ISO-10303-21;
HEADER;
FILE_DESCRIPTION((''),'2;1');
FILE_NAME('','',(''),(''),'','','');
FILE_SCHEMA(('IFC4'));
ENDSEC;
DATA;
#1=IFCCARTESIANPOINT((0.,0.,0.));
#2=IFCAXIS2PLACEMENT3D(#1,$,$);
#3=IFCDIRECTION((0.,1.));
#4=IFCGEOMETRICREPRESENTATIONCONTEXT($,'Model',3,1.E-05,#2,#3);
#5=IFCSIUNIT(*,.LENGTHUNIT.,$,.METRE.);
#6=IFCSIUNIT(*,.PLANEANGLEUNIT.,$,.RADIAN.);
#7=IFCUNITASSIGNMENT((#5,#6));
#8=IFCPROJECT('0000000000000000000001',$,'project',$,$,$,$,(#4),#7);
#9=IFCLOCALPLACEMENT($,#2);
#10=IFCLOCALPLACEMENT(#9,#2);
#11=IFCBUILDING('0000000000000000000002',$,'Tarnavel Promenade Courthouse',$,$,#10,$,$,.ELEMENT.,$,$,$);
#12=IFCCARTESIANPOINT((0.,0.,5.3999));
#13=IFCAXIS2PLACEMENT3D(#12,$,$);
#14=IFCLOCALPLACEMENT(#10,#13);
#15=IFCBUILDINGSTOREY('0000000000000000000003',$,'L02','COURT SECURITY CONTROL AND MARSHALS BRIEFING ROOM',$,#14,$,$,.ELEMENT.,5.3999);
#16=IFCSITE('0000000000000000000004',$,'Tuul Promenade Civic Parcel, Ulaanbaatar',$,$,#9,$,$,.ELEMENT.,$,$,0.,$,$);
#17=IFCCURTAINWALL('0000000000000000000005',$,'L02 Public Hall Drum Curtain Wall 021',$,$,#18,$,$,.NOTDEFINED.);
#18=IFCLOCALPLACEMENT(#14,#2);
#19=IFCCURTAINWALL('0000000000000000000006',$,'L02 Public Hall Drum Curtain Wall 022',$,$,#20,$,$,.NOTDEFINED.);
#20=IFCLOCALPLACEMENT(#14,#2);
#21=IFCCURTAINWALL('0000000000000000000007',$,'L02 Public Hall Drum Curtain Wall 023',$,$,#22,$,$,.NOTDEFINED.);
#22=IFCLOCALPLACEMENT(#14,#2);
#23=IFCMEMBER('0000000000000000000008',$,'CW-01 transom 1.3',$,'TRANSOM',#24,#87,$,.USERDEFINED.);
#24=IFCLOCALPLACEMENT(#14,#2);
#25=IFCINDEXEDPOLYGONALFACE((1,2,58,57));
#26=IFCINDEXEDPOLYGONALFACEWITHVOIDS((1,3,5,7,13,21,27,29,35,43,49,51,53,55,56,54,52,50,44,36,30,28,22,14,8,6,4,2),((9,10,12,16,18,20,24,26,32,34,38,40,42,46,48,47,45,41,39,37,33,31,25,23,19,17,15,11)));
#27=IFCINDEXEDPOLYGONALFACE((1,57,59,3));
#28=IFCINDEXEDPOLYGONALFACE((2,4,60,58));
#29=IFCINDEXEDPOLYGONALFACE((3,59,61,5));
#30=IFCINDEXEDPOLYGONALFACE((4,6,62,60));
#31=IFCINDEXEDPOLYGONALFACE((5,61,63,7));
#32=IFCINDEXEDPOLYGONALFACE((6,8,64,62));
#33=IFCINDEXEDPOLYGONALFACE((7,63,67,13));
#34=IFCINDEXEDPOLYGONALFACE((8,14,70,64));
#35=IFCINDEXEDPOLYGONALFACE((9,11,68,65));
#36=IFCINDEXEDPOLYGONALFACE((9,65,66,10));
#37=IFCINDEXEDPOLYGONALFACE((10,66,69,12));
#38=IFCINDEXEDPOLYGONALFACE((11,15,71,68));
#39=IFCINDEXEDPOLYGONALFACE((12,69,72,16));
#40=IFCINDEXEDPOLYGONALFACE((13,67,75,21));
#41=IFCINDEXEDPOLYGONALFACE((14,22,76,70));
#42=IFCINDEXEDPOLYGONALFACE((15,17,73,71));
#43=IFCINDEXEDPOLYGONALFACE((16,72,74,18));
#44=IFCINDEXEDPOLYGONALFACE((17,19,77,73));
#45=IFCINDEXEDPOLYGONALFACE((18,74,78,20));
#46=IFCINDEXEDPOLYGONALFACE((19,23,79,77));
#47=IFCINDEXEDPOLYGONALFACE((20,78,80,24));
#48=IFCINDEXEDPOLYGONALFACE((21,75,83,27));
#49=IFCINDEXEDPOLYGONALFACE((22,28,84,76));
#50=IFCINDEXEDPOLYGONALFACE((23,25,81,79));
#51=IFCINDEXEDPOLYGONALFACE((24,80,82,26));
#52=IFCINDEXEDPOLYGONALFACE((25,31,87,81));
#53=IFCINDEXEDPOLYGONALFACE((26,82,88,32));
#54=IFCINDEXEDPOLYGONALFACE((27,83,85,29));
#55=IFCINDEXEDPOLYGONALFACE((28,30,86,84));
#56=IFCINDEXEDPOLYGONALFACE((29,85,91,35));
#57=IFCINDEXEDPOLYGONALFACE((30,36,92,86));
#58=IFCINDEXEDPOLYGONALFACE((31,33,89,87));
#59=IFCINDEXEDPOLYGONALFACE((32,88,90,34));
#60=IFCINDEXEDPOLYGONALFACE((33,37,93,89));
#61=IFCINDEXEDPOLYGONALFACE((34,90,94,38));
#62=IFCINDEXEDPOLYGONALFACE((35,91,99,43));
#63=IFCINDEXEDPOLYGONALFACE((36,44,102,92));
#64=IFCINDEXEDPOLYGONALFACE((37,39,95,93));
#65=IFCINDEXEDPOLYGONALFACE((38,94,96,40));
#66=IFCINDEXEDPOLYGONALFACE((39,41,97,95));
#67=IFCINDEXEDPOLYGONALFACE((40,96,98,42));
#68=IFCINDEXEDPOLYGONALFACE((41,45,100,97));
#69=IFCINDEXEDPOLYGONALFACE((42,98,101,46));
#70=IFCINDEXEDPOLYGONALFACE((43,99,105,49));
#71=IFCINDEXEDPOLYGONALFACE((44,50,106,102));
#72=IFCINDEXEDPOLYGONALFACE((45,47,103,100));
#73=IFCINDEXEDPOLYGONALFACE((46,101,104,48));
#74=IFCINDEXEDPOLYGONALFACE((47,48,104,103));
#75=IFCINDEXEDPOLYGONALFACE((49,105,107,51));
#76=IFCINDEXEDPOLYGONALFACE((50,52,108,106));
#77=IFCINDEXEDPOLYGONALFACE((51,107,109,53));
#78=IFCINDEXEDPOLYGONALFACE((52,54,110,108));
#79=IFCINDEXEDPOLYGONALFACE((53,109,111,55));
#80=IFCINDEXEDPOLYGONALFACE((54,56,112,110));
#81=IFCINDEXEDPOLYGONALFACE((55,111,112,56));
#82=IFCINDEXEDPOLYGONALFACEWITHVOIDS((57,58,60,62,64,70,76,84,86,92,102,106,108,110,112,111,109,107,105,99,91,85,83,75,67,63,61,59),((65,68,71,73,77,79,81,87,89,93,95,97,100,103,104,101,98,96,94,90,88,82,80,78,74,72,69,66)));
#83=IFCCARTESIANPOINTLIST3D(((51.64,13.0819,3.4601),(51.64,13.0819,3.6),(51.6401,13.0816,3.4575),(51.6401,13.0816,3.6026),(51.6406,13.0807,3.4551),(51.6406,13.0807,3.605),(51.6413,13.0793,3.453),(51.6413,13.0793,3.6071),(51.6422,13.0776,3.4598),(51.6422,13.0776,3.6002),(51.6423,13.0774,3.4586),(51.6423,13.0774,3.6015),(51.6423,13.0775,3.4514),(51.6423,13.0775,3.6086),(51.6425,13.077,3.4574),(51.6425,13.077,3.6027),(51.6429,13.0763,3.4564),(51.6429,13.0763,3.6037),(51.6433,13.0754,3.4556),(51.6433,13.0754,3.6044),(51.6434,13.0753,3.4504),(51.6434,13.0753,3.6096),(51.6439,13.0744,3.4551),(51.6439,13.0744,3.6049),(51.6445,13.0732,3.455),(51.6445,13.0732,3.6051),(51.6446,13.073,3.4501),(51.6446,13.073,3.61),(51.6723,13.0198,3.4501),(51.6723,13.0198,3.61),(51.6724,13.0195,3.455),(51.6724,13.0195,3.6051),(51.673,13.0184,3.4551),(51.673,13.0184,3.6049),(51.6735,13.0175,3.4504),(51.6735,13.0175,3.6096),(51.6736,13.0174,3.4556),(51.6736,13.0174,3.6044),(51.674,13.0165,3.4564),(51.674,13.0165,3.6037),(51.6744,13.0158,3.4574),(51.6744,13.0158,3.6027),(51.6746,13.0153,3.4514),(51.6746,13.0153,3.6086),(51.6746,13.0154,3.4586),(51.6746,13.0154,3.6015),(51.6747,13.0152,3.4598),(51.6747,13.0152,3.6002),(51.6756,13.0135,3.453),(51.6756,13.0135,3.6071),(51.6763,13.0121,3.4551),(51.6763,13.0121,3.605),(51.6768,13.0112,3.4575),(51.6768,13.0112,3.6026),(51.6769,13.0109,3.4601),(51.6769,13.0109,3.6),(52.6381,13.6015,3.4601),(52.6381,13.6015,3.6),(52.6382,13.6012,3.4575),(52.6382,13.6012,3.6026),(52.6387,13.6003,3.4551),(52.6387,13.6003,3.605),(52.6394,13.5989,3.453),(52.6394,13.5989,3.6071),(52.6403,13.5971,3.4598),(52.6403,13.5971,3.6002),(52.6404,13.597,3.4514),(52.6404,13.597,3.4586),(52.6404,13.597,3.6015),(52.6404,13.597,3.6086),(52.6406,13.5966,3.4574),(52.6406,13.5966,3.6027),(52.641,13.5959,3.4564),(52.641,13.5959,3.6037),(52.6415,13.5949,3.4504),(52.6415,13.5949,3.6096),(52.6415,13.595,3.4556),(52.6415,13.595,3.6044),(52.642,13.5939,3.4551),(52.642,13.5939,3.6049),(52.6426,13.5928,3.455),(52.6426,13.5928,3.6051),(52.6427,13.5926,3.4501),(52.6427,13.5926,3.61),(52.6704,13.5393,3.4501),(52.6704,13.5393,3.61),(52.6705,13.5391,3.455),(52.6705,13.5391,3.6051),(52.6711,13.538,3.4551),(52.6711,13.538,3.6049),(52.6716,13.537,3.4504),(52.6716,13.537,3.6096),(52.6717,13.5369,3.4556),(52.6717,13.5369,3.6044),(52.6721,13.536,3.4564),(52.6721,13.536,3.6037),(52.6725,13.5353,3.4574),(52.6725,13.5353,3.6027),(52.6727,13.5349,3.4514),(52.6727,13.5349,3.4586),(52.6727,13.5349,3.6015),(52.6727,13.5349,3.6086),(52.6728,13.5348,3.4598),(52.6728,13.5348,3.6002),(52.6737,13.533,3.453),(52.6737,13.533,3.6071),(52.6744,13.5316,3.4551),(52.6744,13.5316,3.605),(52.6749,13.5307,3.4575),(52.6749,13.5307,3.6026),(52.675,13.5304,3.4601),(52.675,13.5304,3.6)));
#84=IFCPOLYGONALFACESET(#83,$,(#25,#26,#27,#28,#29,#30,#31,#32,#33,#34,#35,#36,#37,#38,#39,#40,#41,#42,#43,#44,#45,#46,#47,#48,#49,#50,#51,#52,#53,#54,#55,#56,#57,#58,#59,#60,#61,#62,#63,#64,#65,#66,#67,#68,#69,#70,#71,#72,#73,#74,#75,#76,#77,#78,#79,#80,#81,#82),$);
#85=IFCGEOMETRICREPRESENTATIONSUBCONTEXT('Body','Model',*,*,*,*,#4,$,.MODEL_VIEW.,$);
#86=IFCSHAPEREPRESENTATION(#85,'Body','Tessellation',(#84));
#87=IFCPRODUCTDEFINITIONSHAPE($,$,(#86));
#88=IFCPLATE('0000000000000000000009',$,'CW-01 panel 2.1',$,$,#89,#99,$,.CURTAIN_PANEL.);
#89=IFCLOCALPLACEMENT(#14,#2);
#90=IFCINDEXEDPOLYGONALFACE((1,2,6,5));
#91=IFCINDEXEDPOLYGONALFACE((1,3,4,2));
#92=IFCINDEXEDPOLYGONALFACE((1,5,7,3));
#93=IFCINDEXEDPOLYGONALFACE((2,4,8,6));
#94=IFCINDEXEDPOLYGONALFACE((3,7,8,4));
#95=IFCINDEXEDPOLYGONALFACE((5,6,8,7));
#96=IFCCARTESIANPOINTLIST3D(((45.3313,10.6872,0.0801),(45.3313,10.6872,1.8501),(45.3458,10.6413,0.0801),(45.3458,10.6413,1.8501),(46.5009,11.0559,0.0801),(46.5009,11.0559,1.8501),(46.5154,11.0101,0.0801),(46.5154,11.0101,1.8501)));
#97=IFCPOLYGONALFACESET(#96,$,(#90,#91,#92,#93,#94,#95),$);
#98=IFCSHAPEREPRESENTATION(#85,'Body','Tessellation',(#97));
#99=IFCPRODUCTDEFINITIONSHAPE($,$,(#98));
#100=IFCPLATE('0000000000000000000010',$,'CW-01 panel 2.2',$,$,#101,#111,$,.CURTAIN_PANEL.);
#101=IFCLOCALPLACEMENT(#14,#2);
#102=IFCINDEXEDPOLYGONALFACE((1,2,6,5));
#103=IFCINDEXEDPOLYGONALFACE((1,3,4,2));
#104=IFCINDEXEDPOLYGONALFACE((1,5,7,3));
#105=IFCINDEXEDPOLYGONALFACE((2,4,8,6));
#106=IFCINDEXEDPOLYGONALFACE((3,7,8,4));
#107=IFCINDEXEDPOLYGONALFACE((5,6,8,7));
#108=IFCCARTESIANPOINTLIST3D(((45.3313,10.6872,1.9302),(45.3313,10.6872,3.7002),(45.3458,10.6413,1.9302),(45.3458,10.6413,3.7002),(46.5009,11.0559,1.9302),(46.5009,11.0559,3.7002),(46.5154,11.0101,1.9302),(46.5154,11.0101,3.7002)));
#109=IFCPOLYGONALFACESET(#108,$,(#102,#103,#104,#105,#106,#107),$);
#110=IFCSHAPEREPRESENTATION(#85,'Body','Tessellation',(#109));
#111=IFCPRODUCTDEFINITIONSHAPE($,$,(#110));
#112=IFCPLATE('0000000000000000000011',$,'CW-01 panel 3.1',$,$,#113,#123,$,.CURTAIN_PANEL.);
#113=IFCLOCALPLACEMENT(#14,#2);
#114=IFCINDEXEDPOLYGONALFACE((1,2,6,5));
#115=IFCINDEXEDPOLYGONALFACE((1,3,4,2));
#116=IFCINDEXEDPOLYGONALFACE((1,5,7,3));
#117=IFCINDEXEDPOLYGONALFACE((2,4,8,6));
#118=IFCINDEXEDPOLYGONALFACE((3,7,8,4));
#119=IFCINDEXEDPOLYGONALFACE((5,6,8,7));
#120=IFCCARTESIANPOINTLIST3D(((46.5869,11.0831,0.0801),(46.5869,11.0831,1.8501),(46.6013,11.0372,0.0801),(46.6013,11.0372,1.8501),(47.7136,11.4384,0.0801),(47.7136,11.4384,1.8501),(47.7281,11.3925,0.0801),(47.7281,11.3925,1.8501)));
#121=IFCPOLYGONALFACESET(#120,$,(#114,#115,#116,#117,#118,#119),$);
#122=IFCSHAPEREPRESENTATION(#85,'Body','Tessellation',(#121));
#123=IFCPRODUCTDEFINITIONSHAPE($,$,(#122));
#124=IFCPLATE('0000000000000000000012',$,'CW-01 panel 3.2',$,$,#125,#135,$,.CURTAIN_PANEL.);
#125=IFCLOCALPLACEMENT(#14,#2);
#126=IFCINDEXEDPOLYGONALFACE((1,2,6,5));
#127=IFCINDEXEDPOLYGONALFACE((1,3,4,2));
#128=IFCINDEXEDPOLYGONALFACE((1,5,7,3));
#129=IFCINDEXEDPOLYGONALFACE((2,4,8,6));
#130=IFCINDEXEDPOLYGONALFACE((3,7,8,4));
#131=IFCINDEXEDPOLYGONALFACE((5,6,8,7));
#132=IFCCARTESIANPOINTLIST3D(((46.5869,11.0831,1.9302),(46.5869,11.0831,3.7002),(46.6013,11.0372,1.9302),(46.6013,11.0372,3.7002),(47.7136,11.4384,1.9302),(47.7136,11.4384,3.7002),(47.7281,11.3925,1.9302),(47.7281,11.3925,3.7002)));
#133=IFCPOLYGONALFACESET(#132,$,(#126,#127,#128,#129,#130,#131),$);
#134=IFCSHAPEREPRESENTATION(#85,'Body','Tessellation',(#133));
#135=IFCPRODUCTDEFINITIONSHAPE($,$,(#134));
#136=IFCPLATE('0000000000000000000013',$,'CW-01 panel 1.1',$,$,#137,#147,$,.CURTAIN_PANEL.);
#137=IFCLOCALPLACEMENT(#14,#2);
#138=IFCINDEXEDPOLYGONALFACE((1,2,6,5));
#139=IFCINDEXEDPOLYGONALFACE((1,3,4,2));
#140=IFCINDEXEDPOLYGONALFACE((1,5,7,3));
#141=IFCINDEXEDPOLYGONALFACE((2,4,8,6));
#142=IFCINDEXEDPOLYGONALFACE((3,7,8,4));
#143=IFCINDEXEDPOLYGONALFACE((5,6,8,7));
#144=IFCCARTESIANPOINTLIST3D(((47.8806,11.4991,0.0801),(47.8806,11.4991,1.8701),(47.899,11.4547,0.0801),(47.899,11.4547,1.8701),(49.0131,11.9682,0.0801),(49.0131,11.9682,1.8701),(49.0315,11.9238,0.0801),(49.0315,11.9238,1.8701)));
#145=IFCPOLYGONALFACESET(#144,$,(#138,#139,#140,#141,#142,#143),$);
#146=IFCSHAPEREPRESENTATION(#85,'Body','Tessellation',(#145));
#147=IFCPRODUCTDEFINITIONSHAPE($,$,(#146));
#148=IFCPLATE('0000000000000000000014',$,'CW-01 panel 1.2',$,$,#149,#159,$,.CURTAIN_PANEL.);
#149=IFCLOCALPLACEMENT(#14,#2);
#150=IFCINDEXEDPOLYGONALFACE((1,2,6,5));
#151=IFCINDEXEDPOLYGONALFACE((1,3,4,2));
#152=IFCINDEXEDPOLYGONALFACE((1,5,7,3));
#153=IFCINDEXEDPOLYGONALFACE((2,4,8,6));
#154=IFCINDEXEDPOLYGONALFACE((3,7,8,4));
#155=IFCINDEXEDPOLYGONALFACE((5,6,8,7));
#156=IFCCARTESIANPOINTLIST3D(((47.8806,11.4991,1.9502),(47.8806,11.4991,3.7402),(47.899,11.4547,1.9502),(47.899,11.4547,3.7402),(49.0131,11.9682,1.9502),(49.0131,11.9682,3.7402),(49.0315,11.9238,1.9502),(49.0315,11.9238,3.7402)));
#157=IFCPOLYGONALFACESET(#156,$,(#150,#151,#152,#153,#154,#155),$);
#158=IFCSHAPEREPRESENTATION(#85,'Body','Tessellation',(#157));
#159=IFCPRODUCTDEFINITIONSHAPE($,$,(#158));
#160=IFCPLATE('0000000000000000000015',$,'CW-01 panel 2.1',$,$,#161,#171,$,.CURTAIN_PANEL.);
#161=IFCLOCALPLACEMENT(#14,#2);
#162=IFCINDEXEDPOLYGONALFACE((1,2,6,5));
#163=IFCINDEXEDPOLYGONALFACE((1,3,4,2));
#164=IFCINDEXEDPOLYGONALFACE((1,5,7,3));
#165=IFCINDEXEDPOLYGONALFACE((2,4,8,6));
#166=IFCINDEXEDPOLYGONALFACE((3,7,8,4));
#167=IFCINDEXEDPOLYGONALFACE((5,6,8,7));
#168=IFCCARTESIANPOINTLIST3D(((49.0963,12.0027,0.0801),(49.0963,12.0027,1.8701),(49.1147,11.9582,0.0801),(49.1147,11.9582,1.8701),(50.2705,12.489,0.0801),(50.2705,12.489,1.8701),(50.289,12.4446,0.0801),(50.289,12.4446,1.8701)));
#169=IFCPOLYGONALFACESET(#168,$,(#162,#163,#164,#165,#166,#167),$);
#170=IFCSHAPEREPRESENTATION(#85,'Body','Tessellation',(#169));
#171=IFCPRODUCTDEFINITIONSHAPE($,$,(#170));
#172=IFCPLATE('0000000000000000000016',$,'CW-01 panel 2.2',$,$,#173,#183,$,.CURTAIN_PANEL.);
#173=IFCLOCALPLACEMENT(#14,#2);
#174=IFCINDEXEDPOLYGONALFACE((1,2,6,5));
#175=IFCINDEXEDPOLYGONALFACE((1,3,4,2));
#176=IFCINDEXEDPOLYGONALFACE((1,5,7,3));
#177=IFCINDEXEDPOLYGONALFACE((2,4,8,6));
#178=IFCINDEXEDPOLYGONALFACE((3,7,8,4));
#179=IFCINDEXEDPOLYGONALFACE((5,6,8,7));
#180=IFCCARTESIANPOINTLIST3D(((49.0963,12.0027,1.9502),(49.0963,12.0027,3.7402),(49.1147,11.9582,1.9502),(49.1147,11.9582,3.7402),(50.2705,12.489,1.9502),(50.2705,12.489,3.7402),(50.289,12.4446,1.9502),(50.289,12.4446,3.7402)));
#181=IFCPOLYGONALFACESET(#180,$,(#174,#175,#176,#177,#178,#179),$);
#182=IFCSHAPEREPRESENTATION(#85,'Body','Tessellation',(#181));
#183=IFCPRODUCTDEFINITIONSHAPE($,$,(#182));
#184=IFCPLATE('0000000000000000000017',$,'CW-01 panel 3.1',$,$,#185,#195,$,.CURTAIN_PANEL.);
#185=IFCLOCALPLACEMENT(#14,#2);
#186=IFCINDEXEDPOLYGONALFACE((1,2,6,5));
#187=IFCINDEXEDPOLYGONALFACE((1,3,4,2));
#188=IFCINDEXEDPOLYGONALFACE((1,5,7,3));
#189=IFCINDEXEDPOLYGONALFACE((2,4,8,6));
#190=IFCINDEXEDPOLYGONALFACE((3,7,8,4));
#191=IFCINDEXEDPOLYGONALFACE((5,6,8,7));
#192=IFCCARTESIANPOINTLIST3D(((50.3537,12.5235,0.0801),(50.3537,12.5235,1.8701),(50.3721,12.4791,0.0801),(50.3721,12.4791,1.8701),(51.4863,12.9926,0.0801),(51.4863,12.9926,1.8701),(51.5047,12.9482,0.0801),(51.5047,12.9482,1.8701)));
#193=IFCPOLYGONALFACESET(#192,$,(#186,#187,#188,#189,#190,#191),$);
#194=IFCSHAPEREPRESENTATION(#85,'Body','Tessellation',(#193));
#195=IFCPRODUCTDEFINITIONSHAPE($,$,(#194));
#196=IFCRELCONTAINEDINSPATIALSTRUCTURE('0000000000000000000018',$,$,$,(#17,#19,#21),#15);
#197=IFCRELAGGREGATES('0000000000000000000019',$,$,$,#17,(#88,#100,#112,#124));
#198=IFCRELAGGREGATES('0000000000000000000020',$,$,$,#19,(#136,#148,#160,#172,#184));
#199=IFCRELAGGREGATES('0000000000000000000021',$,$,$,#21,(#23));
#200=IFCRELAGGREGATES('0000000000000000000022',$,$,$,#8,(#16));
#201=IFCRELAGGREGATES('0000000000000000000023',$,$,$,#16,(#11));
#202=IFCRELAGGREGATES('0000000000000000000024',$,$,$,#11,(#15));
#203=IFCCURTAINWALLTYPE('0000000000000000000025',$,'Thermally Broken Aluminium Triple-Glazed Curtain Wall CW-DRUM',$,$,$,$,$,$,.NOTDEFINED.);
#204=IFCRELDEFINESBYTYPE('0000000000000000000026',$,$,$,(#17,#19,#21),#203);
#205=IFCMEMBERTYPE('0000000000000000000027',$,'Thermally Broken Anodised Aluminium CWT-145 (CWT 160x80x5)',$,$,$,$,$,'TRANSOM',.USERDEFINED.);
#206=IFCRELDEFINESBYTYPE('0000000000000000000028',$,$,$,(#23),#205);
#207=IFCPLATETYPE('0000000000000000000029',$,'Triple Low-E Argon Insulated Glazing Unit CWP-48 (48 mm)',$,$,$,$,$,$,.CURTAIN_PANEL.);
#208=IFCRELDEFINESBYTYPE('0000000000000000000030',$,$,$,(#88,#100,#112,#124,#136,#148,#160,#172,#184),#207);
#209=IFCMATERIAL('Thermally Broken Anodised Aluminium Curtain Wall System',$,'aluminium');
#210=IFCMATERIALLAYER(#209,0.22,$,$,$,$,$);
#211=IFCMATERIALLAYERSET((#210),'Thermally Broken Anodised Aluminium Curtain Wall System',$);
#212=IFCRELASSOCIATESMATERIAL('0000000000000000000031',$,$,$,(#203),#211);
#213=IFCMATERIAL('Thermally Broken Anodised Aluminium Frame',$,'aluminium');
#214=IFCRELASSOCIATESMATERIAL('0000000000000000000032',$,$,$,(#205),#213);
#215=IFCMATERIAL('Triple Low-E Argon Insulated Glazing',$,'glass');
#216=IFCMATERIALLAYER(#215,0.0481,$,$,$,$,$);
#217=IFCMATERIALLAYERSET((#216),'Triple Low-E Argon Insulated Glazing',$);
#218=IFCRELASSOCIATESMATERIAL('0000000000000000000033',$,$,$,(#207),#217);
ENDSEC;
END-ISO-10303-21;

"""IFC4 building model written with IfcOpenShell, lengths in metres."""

from ifc_helpers import new_model, si_unit, direction, frame, origin, origin_2d, place, context, subcontext, project, spatial, rectangle, hollow_rectangle, extrude, material, layer, layer_set, material_profile, profile_set, type_object, element, aggregate, save


model = new_model("IFC4")

# Units and contexts
model_context = context("Model", 3, precision=1e-05, world=origin(), true_north=direction((0.0, 1.0)))
body_context = subcontext(model_context, "Body", "Model", "MODEL_VIEW")
ifc_project = project(units=[si_unit("LENGTHUNIT", "METRE"), si_unit("PLANEANGLEUNIT", "RADIAN")], contexts=[model_context])

# Site, building, storey
site_placement = place(None, origin())
site = spatial("IfcSite", under=ifc_project, at=site_placement, Name="Tuul Promenade Civic Parcel, Ulaanbaatar", CompositionType="ELEMENT", RefElevation=0.0)
building_placement = place(site_placement, origin())
building = spatial("IfcBuilding", under=site, at=building_placement, Name="Tarnavel Promenade Courthouse", CompositionType="ELEMENT")
storey_placement = place(building_placement, frame((0.0, 0.0, 5.3999)))
storey = spatial("IfcBuildingStorey", under=building, at=storey_placement, Name="L02", Description="COURT SECURITY CONTROL AND MARSHALS BRIEFING ROOM", CompositionType="ELEMENT", Elevation=5.3999)

# Curtain walls
ifc_material_1 = material(Name="Thermally Broken Anodised Aluminium Curtain Wall System", Category="aluminium")
ifc_layer_1 = layer(ifc_material_1, 0.22)
ifc_layer_set_1 = layer_set([ifc_layer_1], Name="Thermally Broken Anodised Aluminium Curtain Wall System")
curtain_wall_type = type_object("IfcCurtainWallType", Name="Thermally Broken Aluminium Triple-Glazed Curtain Wall CW-DRUM", PredefinedType="NOTDEFINED", material=ifc_layer_set_1)
curtain_wall_1_placement = place(storey_placement, origin())
curtain_wall_1 = element("IfcCurtainWall", 1, at=curtain_wall_1_placement, inside=storey, type_object=curtain_wall_type, Name="L02 Public Hall Drum Curtain Wall 021", PredefinedType="NOTDEFINED")
ifc_material_2 = material(Name="Thermally Broken Anodised Aluminium Frame", Category="aluminium")
curtain_wall_2_placement = place(storey_placement, origin())
curtain_wall_2 = element("IfcCurtainWall", 2, at=curtain_wall_2_placement, inside=storey, type_object=curtain_wall_type, Name="L02 Public Hall Drum Curtain Wall 022", PredefinedType="NOTDEFINED")
curtain_wall_3_placement = place(storey_placement, origin())
curtain_wall_3 = element("IfcCurtainWall", 3, at=curtain_wall_3_placement, inside=storey, type_object=curtain_wall_type, Name="L02 Public Hall Drum Curtain Wall 023", PredefinedType="NOTDEFINED")

# Member
ifc_material_profile_1 = material_profile(ifc_material_2, hollow_rectangle(XDim=0.0801, YDim=0.1599, WallThickness=0.0049, InnerFilletRadius=0.0049, OuterFilletRadius=0.01, at=origin_2d()), Name="CWT 160x80x5")
ifc_profile_set_1 = profile_set([ifc_material_profile_1], Name="Thermally Broken Anodised Aluminium Frame")
member_type_1 = type_object("IfcMemberType", Name="Thermally Broken Anodised Aluminium CWT-145 (CWT 160x80x5)", ElementType="TRANSOM", PredefinedType="USERDEFINED", material=ifc_profile_set_1)
member_1_placement = place(storey_placement, frame((51.6584, 13.0464, 3.53), z_axis=(0.887018, 0.461735, 0.0), x_axis=(-0.461735, 0.887018, 0.0)))
member_1 = element("IfcMember", 4, at=member_1_placement, type_object=member_type_1, Name="CW-01 transom 1.3", ObjectType="TRANSOM", PredefinedType="USERDEFINED", context=body_context, shape_type="SweptSolid", body=[
    extrude(hollow_rectangle(XDim=0.0801, YDim=0.1599, WallThickness=0.0049, InnerFilletRadius=0.0049, OuterFilletRadius=0.01, at=origin_2d()), origin(), (0.0, 0.0, 1.0), 1.1252),
])

# Plates
ifc_material_3 = material(Name="Triple Low-E Argon Insulated Glazing", Category="glass")
ifc_layer_2 = layer(ifc_material_3, 0.0481)
ifc_layer_set_2 = layer_set([ifc_layer_2], Name="Triple Low-E Argon Insulated Glazing")
plate_type = type_object("IfcPlateType", Name="Triple Low-E Argon Insulated Glazing Unit CWP-48 (48 mm)", PredefinedType="CURTAIN_PANEL", material=ifc_layer_set_2)
plate_1_placement = place(storey_placement, frame((45.9233, 10.8486, 0.0801), z_axis=(0.0, 0.0, 1.0), x_axis=(0.953717, 0.300705, 0.0)))
plate_1 = element("IfcPlate", 5, at=plate_1_placement, type_object=plate_type, Name="CW-01 panel 2.1", PredefinedType="CURTAIN_PANEL", context=body_context, shape_type="SweptSolid", body=[
    extrude(rectangle(XDim=1.2263, YDim=0.0481, at=origin_2d()), origin(), (0.0, 0.0, 1.0), 1.77),
])
plate_2_placement = place(storey_placement, frame((45.9233, 10.8486, 1.9302), z_axis=(0.0, 0.0, 1.0), x_axis=(0.953717, 0.300705, 0.0)))
plate_2 = element("IfcPlate", 6, at=plate_2_placement, type_object=plate_type, Name="CW-01 panel 2.2", PredefinedType="CURTAIN_PANEL", context=body_context, shape_type="SweptSolid", body=[
    extrude(rectangle(XDim=1.2263, YDim=0.0481, at=origin_2d()), origin(), (0.0, 0.0, 1.0), 1.77),
])
plate_3_placement = place(storey_placement, frame((47.1575, 11.2378, 0.0801), z_axis=(0.0, 0.0, 1.0), x_axis=(0.953717, 0.300705, 0.0)))
plate_3 = element("IfcPlate", 7, at=plate_3_placement, type_object=plate_type, Name="CW-01 panel 3.1", PredefinedType="CURTAIN_PANEL", context=body_context, shape_type="SweptSolid", body=[
    extrude(rectangle(XDim=1.1814, YDim=0.0481, at=origin_2d()), origin(), (0.0, 0.0, 1.0), 1.77),
])
plate_4_placement = place(storey_placement, frame((47.1575, 11.2378, 1.9302), z_axis=(0.0, 0.0, 1.0), x_axis=(0.953717, 0.300705, 0.0)))
plate_4 = element("IfcPlate", 8, at=plate_4_placement, type_object=plate_type, Name="CW-01 panel 3.2", PredefinedType="CURTAIN_PANEL", context=body_context, shape_type="SweptSolid", body=[
    extrude(rectangle(XDim=1.1814, YDim=0.0481, at=origin_2d()), origin(), (0.0, 0.0, 1.0), 1.77),
])
aggregate(curtain_wall_1, [plate_1, plate_2, plate_3, plate_4])
plate_5_placement = place(storey_placement, frame((48.4561, 11.7114, 0.0801), z_axis=(0.0, 0.0, 1.0), x_axis=(0.923879, 0.382685, 0.0)))
plate_5 = element("IfcPlate", 9, at=plate_5_placement, type_object=plate_type, Name="CW-01 panel 1.1", PredefinedType="CURTAIN_PANEL", context=body_context, shape_type="SweptSolid", body=[
    extrude(rectangle(XDim=1.2258, YDim=0.0481, at=origin_2d()), origin(), (0.0, 0.0, 1.0), 1.79),
])
plate_6_placement = place(storey_placement, frame((48.4561, 11.7114, 1.9502), z_axis=(0.0, 0.0, 1.0), x_axis=(0.923879, 0.382685, 0.0)))
plate_6 = element("IfcPlate", 10, at=plate_6_placement, type_object=plate_type, Name="CW-01 panel 1.2", PredefinedType="CURTAIN_PANEL", context=body_context, shape_type="SweptSolid", body=[
    extrude(rectangle(XDim=1.2258, YDim=0.0481, at=origin_2d()), origin(), (0.0, 0.0, 1.0), 1.79),
])
plate_7_placement = place(storey_placement, frame((49.6926, 12.2236, 0.0801), z_axis=(0.0, 0.0, 1.0), x_axis=(0.923879, 0.382685, 0.0)))
plate_7 = element("IfcPlate", 11, at=plate_7_placement, type_object=plate_type, Name="CW-01 panel 2.1", PredefinedType="CURTAIN_PANEL", context=body_context, shape_type="SweptSolid", body=[
    extrude(rectangle(XDim=1.271, YDim=0.0481, at=origin_2d()), origin(), (0.0, 0.0, 1.0), 1.79),
])
plate_8_placement = place(storey_placement, frame((49.6926, 12.2236, 1.9502), z_axis=(0.0, 0.0, 1.0), x_axis=(0.923879, 0.382685, 0.0)))
plate_8 = element("IfcPlate", 12, at=plate_8_placement, type_object=plate_type, Name="CW-01 panel 2.2", PredefinedType="CURTAIN_PANEL", context=body_context, shape_type="SweptSolid", body=[
    extrude(rectangle(XDim=1.271, YDim=0.0481, at=origin_2d()), origin(), (0.0, 0.0, 1.0), 1.79),
])
plate_9_placement = place(storey_placement, frame((50.9292, 12.7358, 0.0801), z_axis=(0.0, 0.0, 1.0), x_axis=(0.923879, 0.382685, 0.0)))
plate_9 = element("IfcPlate", 13, at=plate_9_placement, type_object=plate_type, Name="CW-01 panel 3.1", PredefinedType="CURTAIN_PANEL", context=body_context, shape_type="SweptSolid", body=[
    extrude(rectangle(XDim=1.2258, YDim=0.0481, at=origin_2d()), origin(), (0.0, 0.0, 1.0), 1.79),
])
aggregate(curtain_wall_2, [plate_5, plate_6, plate_7, plate_8, plate_9])
aggregate(curtain_wall_3, [member_1])

save(model, "model.ifc")
